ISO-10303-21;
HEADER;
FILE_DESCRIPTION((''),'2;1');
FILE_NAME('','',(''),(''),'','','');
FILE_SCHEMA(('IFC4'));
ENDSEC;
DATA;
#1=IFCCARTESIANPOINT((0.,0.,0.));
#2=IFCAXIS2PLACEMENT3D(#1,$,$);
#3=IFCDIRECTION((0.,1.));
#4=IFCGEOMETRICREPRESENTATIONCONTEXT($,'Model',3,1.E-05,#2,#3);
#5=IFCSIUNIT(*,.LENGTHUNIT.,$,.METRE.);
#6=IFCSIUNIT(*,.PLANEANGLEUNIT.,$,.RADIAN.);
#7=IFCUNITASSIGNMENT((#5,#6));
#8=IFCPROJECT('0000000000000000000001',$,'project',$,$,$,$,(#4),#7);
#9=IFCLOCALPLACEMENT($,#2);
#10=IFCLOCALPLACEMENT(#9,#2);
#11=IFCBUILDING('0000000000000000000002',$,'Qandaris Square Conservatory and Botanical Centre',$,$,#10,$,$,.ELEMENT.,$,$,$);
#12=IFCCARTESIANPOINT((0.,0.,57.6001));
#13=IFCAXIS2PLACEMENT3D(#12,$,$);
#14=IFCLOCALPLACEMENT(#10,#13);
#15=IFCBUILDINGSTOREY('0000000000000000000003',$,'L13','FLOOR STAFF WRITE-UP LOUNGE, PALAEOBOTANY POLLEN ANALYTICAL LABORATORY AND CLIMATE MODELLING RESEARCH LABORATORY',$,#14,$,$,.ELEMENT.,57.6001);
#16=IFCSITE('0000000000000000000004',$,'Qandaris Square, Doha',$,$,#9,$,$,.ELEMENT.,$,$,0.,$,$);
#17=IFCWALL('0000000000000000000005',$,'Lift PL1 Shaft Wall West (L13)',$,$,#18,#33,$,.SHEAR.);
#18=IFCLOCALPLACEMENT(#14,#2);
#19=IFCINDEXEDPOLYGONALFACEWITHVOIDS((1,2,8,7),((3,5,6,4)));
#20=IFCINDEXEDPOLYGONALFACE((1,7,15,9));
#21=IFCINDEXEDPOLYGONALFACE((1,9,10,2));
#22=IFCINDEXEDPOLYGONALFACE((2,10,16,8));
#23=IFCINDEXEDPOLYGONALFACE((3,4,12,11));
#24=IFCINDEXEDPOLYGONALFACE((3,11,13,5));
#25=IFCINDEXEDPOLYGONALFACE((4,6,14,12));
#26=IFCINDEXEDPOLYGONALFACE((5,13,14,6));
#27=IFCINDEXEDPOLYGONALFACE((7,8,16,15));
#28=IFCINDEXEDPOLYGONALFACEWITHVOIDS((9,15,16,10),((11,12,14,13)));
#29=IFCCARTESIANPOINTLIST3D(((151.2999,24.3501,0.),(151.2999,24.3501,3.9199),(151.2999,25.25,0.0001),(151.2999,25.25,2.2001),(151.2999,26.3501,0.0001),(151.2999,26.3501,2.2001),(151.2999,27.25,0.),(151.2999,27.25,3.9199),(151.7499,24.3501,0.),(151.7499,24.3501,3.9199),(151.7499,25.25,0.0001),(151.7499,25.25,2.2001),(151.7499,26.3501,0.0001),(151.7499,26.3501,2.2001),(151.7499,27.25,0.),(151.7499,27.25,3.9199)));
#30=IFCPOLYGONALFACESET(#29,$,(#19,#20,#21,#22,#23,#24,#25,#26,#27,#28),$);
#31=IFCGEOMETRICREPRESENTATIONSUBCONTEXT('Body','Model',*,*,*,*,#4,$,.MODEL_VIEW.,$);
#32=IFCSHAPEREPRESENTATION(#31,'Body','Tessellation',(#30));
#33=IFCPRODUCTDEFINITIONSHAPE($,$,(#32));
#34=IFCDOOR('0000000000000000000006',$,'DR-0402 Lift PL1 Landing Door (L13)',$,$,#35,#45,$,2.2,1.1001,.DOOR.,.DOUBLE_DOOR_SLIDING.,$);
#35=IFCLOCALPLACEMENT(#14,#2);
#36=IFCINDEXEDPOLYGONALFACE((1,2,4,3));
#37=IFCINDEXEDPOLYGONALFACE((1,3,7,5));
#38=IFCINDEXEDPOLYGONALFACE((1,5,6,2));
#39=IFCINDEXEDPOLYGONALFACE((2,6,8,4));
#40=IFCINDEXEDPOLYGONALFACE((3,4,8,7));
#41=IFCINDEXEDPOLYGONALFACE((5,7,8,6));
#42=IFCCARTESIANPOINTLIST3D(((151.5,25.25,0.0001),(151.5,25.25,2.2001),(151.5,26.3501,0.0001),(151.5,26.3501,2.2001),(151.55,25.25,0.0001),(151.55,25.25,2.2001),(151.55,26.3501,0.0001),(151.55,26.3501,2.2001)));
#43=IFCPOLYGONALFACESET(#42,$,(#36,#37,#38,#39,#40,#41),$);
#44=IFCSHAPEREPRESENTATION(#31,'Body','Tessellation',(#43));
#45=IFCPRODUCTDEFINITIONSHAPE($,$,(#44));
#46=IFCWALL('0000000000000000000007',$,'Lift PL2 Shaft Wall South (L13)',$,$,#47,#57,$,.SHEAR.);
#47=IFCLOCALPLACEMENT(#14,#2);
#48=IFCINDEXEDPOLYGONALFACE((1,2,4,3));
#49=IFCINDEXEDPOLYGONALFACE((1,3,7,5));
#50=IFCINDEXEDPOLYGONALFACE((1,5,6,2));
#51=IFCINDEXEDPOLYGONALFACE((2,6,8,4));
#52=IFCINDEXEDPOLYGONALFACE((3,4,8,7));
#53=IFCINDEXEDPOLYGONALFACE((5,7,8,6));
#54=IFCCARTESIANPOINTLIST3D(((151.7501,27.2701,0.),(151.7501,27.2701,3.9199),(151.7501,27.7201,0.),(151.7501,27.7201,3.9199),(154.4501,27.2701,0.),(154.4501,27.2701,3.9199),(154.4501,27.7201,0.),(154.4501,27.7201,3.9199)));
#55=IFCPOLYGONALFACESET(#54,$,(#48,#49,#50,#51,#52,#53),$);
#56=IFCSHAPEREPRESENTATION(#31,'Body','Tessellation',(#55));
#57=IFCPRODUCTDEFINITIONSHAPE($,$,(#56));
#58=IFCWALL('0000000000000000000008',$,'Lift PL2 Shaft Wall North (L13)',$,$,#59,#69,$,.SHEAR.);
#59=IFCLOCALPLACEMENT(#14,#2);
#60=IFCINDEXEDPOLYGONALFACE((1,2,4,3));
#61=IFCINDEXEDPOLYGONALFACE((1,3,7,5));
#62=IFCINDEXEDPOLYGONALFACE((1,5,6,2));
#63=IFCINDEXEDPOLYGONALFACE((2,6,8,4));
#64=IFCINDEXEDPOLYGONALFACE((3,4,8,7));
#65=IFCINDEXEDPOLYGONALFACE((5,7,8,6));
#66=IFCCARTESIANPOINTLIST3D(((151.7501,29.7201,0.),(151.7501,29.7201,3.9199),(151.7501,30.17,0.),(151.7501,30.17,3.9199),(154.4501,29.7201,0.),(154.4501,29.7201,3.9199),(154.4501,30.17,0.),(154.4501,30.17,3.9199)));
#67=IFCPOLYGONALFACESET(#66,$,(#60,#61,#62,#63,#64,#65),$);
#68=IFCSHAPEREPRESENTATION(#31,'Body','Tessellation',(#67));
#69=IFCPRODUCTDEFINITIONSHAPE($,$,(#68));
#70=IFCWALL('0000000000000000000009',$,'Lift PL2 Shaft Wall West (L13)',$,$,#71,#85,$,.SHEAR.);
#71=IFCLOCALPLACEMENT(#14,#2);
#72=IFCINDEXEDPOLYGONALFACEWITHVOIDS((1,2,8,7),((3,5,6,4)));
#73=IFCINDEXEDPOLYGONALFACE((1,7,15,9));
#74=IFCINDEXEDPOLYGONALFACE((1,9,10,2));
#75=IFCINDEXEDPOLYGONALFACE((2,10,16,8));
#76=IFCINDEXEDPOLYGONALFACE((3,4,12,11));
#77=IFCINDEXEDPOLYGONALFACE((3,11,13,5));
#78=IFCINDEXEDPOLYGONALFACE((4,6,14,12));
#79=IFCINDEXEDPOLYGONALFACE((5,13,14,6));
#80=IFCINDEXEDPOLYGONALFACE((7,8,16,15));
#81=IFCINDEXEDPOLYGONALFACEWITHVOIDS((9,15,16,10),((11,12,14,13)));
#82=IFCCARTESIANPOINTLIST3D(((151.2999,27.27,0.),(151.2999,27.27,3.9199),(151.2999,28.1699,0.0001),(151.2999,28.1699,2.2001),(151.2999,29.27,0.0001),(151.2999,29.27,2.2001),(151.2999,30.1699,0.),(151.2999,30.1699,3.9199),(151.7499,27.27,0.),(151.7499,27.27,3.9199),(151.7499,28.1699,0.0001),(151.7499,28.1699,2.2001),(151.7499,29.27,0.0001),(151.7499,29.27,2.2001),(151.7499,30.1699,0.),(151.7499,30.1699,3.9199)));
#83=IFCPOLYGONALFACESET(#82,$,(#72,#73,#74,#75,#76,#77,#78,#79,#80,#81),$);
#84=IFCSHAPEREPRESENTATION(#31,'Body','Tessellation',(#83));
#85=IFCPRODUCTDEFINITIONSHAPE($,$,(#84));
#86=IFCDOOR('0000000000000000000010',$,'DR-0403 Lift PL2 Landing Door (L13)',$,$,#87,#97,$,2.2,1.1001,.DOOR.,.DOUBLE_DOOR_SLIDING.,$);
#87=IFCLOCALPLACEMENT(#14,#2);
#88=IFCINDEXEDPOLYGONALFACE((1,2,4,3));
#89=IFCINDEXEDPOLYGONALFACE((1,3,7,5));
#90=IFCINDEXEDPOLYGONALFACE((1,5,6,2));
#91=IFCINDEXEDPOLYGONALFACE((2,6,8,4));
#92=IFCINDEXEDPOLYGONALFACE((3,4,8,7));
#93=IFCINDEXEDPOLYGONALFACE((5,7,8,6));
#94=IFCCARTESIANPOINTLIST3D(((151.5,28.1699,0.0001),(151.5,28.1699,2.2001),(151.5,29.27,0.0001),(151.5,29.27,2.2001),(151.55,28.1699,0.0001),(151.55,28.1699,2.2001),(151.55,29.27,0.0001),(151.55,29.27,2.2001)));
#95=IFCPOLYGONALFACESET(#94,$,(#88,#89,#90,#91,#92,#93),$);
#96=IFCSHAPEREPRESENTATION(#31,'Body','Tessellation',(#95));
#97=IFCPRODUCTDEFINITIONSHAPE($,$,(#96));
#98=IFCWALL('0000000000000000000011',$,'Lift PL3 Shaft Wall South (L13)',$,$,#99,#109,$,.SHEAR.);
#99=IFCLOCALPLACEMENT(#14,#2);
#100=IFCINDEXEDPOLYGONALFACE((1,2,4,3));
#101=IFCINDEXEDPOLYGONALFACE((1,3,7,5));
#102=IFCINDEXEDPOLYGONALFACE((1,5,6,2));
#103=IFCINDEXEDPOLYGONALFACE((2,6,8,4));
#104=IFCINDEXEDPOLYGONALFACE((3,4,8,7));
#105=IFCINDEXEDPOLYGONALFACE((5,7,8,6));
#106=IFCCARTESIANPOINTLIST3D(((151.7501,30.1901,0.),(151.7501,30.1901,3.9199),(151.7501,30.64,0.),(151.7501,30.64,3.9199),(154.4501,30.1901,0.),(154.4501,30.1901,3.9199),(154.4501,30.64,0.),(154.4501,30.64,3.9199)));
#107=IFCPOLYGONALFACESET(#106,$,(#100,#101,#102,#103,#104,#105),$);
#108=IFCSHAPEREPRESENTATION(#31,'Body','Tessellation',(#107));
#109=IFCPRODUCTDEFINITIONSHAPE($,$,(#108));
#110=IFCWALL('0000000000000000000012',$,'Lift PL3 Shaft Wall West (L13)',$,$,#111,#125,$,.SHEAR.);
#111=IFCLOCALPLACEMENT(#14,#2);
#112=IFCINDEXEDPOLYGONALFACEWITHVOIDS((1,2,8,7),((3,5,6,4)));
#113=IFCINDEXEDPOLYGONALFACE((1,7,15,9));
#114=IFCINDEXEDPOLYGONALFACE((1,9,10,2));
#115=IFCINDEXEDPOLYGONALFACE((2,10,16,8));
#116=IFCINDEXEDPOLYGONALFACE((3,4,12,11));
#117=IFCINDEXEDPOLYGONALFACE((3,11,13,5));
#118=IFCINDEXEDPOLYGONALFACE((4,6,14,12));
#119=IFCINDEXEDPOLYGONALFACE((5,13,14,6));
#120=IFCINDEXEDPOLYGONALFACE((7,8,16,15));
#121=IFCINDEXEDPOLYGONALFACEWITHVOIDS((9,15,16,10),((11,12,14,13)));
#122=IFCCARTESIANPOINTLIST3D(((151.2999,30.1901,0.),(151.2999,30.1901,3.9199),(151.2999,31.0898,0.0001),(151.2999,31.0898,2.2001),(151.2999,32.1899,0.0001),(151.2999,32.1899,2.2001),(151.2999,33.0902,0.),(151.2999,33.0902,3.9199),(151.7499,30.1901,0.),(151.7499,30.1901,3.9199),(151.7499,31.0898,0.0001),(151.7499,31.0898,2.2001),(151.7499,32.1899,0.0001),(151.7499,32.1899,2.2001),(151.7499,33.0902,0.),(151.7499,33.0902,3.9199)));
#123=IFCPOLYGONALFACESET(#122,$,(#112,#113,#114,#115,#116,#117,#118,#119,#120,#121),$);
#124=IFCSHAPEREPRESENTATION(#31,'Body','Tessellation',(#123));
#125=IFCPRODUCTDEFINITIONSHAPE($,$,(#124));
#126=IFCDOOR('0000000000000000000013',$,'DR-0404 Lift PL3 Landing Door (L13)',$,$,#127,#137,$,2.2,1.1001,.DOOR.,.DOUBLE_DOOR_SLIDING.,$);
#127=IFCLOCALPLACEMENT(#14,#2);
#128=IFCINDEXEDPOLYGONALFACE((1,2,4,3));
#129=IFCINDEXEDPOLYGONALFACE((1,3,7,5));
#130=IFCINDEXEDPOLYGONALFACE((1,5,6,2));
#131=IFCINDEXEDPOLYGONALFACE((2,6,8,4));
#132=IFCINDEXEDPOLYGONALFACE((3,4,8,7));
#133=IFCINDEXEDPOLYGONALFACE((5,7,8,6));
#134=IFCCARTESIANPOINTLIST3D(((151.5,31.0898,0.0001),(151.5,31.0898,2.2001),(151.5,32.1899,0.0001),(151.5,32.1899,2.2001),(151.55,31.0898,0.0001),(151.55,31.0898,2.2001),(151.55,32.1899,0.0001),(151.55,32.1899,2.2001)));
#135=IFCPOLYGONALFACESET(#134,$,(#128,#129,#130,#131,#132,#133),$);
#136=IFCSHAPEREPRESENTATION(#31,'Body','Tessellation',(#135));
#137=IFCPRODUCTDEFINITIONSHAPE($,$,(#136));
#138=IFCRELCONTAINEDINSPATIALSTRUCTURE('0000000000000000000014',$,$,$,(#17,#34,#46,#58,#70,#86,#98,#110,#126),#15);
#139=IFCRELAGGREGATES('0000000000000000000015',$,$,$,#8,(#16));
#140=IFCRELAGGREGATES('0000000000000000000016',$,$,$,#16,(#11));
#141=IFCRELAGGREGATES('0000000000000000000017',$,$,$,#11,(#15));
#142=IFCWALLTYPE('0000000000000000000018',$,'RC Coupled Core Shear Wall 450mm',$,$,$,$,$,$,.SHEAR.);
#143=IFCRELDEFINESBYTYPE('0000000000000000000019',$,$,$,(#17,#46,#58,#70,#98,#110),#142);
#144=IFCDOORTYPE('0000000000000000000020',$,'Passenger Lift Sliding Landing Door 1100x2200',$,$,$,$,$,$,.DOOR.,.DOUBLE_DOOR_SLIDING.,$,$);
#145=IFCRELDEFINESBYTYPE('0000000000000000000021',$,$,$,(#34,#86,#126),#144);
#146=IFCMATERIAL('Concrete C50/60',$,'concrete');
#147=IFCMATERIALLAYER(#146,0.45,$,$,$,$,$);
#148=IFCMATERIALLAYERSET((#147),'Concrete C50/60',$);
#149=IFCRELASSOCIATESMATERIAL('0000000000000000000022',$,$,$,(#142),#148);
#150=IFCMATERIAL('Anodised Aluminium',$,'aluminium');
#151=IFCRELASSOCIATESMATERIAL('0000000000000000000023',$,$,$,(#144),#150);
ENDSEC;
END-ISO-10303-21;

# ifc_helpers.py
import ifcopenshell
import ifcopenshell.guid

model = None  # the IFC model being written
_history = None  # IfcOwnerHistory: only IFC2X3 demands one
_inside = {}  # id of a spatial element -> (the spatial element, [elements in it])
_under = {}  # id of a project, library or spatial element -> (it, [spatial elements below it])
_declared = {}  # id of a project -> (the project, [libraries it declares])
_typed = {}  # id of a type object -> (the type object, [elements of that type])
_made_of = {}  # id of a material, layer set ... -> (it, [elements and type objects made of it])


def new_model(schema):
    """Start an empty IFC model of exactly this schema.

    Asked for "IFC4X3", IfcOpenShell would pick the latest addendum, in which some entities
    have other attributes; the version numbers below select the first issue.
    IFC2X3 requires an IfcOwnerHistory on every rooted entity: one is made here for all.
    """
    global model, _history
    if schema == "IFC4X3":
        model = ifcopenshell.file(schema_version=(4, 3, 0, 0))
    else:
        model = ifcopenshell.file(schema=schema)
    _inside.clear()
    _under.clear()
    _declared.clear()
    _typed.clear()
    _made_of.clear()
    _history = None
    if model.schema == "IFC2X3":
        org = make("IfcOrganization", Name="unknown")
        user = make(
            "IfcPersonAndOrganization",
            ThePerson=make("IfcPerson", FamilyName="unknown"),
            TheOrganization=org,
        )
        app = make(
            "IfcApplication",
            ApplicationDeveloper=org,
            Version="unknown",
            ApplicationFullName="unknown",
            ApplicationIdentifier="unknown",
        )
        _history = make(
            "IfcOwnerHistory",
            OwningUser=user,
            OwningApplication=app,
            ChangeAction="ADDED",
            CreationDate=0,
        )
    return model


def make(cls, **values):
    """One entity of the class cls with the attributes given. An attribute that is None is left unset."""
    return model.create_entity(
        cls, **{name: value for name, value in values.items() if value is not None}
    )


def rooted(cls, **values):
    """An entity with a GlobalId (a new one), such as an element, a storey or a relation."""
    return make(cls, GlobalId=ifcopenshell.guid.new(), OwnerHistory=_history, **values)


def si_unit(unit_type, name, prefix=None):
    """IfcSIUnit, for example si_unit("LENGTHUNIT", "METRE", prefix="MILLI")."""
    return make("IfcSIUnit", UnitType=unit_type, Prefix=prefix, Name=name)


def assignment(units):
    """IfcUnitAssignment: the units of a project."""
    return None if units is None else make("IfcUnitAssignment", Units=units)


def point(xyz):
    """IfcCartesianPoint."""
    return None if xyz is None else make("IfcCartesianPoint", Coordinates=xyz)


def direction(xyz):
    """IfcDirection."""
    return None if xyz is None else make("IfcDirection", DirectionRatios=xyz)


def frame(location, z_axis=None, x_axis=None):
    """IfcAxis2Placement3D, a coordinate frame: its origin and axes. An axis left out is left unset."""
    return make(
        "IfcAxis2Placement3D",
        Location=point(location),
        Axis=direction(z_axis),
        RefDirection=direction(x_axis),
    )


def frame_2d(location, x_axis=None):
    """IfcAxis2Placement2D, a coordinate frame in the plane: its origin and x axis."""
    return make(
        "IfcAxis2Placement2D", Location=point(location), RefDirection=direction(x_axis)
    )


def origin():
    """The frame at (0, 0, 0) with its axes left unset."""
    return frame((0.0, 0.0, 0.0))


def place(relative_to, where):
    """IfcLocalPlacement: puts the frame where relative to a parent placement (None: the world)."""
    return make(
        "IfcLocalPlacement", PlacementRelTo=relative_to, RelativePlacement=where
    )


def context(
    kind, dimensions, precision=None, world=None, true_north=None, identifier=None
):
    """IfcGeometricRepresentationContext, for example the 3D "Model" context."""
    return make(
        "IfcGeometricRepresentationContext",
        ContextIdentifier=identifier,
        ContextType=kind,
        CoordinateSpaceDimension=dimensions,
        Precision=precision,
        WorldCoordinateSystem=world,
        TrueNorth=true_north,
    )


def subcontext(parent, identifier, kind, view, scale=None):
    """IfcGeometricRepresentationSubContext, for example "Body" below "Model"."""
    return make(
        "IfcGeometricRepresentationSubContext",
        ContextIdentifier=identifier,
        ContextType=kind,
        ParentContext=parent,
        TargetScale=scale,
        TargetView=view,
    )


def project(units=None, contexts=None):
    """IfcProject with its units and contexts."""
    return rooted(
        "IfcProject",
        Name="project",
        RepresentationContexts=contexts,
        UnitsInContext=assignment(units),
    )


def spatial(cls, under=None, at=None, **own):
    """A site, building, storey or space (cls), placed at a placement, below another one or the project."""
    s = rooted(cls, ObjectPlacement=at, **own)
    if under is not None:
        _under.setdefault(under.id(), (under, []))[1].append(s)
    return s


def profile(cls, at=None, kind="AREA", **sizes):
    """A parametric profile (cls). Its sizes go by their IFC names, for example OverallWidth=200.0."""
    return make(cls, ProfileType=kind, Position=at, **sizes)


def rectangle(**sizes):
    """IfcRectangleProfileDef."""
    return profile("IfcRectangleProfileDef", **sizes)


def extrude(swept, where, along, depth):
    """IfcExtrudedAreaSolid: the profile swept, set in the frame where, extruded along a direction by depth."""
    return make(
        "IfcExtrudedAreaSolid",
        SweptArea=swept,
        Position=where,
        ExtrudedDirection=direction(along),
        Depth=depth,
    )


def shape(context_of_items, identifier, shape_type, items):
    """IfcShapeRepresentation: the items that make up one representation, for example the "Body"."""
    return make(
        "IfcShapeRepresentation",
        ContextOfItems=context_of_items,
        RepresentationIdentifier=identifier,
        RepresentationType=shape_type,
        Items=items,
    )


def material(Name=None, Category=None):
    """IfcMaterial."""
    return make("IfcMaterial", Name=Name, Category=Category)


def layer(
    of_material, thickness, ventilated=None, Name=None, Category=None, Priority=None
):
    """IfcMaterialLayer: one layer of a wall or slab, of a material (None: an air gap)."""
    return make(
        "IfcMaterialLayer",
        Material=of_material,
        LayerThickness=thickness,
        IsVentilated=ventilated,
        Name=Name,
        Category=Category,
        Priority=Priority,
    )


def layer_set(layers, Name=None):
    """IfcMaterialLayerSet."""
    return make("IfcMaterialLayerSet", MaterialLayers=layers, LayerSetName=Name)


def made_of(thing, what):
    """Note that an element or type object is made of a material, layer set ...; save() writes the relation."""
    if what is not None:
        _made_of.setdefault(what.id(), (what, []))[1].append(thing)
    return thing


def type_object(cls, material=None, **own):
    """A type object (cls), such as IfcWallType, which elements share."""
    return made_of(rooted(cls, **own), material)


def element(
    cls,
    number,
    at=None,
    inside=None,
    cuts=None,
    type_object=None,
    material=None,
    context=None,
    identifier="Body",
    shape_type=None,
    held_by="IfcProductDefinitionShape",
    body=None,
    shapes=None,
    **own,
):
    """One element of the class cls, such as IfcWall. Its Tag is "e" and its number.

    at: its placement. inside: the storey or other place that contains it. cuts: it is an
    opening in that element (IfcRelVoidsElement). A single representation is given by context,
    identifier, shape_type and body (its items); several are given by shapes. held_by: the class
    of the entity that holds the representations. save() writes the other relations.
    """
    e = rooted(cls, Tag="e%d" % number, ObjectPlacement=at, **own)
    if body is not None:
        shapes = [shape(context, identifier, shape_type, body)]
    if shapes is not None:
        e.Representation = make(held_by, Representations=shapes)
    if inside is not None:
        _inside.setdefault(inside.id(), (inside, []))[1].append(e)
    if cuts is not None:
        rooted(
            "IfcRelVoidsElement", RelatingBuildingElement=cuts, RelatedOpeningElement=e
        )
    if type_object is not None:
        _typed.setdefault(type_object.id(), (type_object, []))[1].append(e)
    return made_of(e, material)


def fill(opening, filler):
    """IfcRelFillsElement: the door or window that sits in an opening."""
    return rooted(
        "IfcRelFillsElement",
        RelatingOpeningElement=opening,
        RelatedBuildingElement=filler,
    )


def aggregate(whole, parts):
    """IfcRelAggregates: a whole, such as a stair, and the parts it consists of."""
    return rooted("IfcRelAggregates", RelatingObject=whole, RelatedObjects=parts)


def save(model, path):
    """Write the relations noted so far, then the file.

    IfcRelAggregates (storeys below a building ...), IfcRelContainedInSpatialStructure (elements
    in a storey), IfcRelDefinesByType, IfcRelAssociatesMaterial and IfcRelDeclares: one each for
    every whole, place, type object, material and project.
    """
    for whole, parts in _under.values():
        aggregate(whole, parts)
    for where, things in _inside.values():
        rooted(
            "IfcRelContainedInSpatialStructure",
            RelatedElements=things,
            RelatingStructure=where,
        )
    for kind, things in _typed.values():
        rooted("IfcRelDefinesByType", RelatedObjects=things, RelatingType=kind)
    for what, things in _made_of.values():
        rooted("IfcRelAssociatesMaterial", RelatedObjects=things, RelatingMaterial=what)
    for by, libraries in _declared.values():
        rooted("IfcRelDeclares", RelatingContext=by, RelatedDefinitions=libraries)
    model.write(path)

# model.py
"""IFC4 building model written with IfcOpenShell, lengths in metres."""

from ifc_helpers import new_model, si_unit, direction, frame, frame_2d, origin, place, context, subcontext, project, spatial, rectangle, extrude, material, layer, layer_set, type_object, element, fill, save


model = new_model("IFC4")

# Units and contexts
model_context = context("Model", 3, precision=1e-05, world=origin(), true_north=direction((0.0, 1.0)))
body_context = subcontext(model_context, "Body", "Model", "MODEL_VIEW")
ifc_project = project(units=[si_unit("LENGTHUNIT", "METRE"), si_unit("PLANEANGLEUNIT", "RADIAN")], contexts=[model_context])

# Site, building, storey
site_placement = place(None, origin())
site = spatial("IfcSite", under=ifc_project, at=site_placement, Name="Qandaris Square, Doha", CompositionType="ELEMENT", RefElevation=0.0)
building_placement = place(site_placement, origin())
building = spatial("IfcBuilding", under=site, at=building_placement, Name="Qandaris Square Conservatory and Botanical Centre", CompositionType="ELEMENT")
storey_placement = place(building_placement, frame((0.0, 0.0, 57.6001)))
storey = spatial("IfcBuildingStorey", under=building, at=storey_placement, Name="L13", Description="FLOOR STAFF WRITE-UP LOUNGE, PALAEOBOTANY POLLEN ANALYTICAL LABORATORY AND CLIMATE MODELLING RESEARCH LABORATORY", CompositionType="ELEMENT", Elevation=57.6001)

# Shared definitions
ifc_material_1 = material(Name="Concrete C50/60", Category="concrete")

# Shared definitions
ifc_material_2 = material(Name="Anodised Aluminium", Category="aluminium")

# Shared definitions
ifc_layer_1 = layer(ifc_material_1, 0.45)
ifc_layer_set_1 = layer_set([ifc_layer_1], Name="Concrete C50/60")
wall_type_1 = type_object("IfcWallType", Name="RC Coupled Core Shear Wall 450mm", PredefinedType="SHEAR", material=ifc_layer_set_1)

# Wall, opening, door
wall_1_placement = place(storey_placement, frame((151.5249, 24.3501, 0.0), z_axis=(0.0, 0.0, 1.0), x_axis=(0.0, 1.0, 0.0)))
wall_1 = element("IfcWall", 1, at=wall_1_placement, inside=storey, type_object=wall_type_1, Name="Lift PL1 Shaft Wall West (L13)", PredefinedType="SHEAR", context=body_context, shape_type="SweptSolid", body=[
    extrude(rectangle(XDim=2.8999, YDim=0.45, at=frame_2d((1.45, 0.0))), origin(), (0.0, 0.0, 1.0), 3.9199),
])
opening_1_placement = place(wall_1_placement, frame((0.8999, 0.0, 0.0)))
opening_1 = element("IfcOpeningElement", 2, at=opening_1_placement, cuts=wall_1, PredefinedType="OPENING", context=body_context, shape_type="SweptSolid", body=[
    extrude(rectangle(XDim=1.1001, YDim=2.2, at=frame_2d((0.55, 1.1001))), frame((0.0, 0.2368, 0.0), z_axis=(0.0, -1.0, 0.0), x_axis=(1.0, 0.0, 0.0)), (0.0, 0.0, 1.0), 0.4739),
])
door_type_1 = type_object("IfcDoorType", Name="Passenger Lift Sliding Landing Door 1100x2200", OperationType="DOUBLE_DOOR_SLIDING", PredefinedType="DOOR", material=ifc_material_2)
door_1_placement = place(opening_1_placement, origin())
door_1 = element("IfcDoor", 3, at=door_1_placement, inside=storey, type_object=door_type_1, Name="DR-0402 Lift PL1 Landing Door (L13)", OperationType="DOUBLE_DOOR_SLIDING", OverallHeight=2.2, OverallWidth=1.1001, PredefinedType="DOOR", context=body_context, shape_type="SweptSolid", body=[
    extrude(rectangle(XDim=1.1001, YDim=2.2, at=frame_2d((0.55, 1.1001))), frame((0.0, 0.0249, 0.0), z_axis=(0.0, -1.0, 0.0), x_axis=(1.0, 0.0, 0.0)), (0.0, 0.0, 1.0), 0.05),
])
fill(opening_1, door_1)

# Walls
for number, where, z_axis, x_axis, name in (
    (4, (151.75, 27.4951, 0.0), (0.0, 0.0, 1.0), (1.0, 0.0, 0.0), "Lift PL2 Shaft Wall South (L13)"),
    (5, (151.75, 29.9451, 0.0), (0.0, 0.0, 1.0), (1.0, 0.0, 0.0), "Lift PL2 Shaft Wall North (L13)"),
):
    element("IfcWall", number, at=place(storey_placement, frame(where, z_axis=z_axis, x_axis=x_axis)), inside=storey, type_object=wall_type_1, Name=name, PredefinedType="SHEAR", context=body_context, shape_type="SweptSolid", body=[
        extrude(rectangle(XDim=2.7, YDim=0.45, at=frame_2d((1.3501, 0.0))), origin(), (0.0, 0.0, 1.0), 3.9199),
    ])

# Wall, opening, door
wall_2_placement = place(storey_placement, frame((151.5249, 27.27, 0.0), z_axis=(0.0, 0.0, 1.0), x_axis=(0.0, 1.0, 0.0)))
wall_2 = element("IfcWall", 6, at=wall_2_placement, inside=storey, type_object=wall_type_1, Name="Lift PL2 Shaft Wall West (L13)", PredefinedType="SHEAR", context=body_context, shape_type="SweptSolid", body=[
    extrude(rectangle(XDim=2.8999, YDim=0.45, at=frame_2d((1.45, 0.0))), origin(), (0.0, 0.0, 1.0), 3.9199),
])
opening_2_placement = place(wall_2_placement, frame((0.8999, 0.0, 0.0)))
opening_2 = element("IfcOpeningElement", 7, at=opening_2_placement, cuts=wall_2, PredefinedType="OPENING", context=body_context, shape_type="SweptSolid", body=[
    extrude(rectangle(XDim=1.1001, YDim=2.2, at=frame_2d((0.55, 1.1001))), frame((0.0, 0.2368, 0.0), z_axis=(0.0, -1.0, 0.0), x_axis=(1.0, 0.0, 0.0)), (0.0, 0.0, 1.0), 0.4739),
])
door_2_placement = place(opening_2_placement, origin())
door_2 = element("IfcDoor", 8, at=door_2_placement, inside=storey, type_object=door_type_1, Name="DR-0403 Lift PL2 Landing Door (L13)", OperationType="DOUBLE_DOOR_SLIDING", OverallHeight=2.2, OverallWidth=1.1001, PredefinedType="DOOR", context=body_context, shape_type="SweptSolid", body=[
    extrude(rectangle(XDim=1.1001, YDim=2.2, at=frame_2d((0.55, 1.1001))), frame((0.0, 0.0249, 0.0), z_axis=(0.0, -1.0, 0.0), x_axis=(1.0, 0.0, 0.0)), (0.0, 0.0, 1.0), 0.05),
])
fill(opening_2, door_2)

# Wall
wall_3_placement = place(storey_placement, frame((151.75, 30.415, 0.0), z_axis=(0.0, 0.0, 1.0), x_axis=(1.0, 0.0, 0.0)))
element("IfcWall", 9, at=wall_3_placement, inside=storey, type_object=wall_type_1, Name="Lift PL3 Shaft Wall South (L13)", PredefinedType="SHEAR", context=body_context, shape_type="SweptSolid", body=[
    extrude(rectangle(XDim=2.7, YDim=0.45, at=frame_2d((1.3501, 0.0))), origin(), (0.0, 0.0, 1.0), 3.9199),
])

# Wall, opening, door
wall_4_placement = place(storey_placement, frame((151.5249, 30.1899, 0.0), z_axis=(0.0, 0.0, 1.0), x_axis=(0.0, 1.0, 0.0)))
wall_4 = element("IfcWall", 10, at=wall_4_placement, inside=storey, type_object=wall_type_1, Name="Lift PL3 Shaft Wall West (L13)", PredefinedType="SHEAR", context=body_context, shape_type="SweptSolid", body=[
    extrude(rectangle(XDim=2.9001, YDim=0.45, at=frame_2d((1.4502, 0.0))), origin(), (0.0, 0.0, 1.0), 3.9199),
])
opening_3_placement = place(wall_4_placement, frame((0.8999, 0.0, 0.0)))
opening_3 = element("IfcOpeningElement", 11, at=opening_3_placement, cuts=wall_4, PredefinedType="OPENING", context=body_context, shape_type="SweptSolid", body=[
    extrude(rectangle(XDim=1.1001, YDim=2.2, at=frame_2d((0.55, 1.1001))), frame((0.0, 0.2368, 0.0), z_axis=(0.0, -1.0, 0.0), x_axis=(1.0, 0.0, 0.0)), (0.0, 0.0, 1.0), 0.4739),
])
door_3_placement = place(opening_3_placement, origin())
door_3 = element("IfcDoor", 12, at=door_3_placement, inside=storey, type_object=door_type_1, Name="DR-0404 Lift PL3 Landing Door (L13)", OperationType="DOUBLE_DOOR_SLIDING", OverallHeight=2.2, OverallWidth=1.1001, PredefinedType="DOOR", context=body_context, shape_type="SweptSolid", body=[
    extrude(rectangle(XDim=1.1001, YDim=2.2, at=frame_2d((0.55, 1.1001))), frame((0.0, 0.0249, 0.0), z_axis=(0.0, -1.0, 0.0), x_axis=(1.0, 0.0, 0.0)), (0.0, 0.0, 1.0), 0.05),
])
fill(opening_3, door_3)

save(model, "model.ifc")
